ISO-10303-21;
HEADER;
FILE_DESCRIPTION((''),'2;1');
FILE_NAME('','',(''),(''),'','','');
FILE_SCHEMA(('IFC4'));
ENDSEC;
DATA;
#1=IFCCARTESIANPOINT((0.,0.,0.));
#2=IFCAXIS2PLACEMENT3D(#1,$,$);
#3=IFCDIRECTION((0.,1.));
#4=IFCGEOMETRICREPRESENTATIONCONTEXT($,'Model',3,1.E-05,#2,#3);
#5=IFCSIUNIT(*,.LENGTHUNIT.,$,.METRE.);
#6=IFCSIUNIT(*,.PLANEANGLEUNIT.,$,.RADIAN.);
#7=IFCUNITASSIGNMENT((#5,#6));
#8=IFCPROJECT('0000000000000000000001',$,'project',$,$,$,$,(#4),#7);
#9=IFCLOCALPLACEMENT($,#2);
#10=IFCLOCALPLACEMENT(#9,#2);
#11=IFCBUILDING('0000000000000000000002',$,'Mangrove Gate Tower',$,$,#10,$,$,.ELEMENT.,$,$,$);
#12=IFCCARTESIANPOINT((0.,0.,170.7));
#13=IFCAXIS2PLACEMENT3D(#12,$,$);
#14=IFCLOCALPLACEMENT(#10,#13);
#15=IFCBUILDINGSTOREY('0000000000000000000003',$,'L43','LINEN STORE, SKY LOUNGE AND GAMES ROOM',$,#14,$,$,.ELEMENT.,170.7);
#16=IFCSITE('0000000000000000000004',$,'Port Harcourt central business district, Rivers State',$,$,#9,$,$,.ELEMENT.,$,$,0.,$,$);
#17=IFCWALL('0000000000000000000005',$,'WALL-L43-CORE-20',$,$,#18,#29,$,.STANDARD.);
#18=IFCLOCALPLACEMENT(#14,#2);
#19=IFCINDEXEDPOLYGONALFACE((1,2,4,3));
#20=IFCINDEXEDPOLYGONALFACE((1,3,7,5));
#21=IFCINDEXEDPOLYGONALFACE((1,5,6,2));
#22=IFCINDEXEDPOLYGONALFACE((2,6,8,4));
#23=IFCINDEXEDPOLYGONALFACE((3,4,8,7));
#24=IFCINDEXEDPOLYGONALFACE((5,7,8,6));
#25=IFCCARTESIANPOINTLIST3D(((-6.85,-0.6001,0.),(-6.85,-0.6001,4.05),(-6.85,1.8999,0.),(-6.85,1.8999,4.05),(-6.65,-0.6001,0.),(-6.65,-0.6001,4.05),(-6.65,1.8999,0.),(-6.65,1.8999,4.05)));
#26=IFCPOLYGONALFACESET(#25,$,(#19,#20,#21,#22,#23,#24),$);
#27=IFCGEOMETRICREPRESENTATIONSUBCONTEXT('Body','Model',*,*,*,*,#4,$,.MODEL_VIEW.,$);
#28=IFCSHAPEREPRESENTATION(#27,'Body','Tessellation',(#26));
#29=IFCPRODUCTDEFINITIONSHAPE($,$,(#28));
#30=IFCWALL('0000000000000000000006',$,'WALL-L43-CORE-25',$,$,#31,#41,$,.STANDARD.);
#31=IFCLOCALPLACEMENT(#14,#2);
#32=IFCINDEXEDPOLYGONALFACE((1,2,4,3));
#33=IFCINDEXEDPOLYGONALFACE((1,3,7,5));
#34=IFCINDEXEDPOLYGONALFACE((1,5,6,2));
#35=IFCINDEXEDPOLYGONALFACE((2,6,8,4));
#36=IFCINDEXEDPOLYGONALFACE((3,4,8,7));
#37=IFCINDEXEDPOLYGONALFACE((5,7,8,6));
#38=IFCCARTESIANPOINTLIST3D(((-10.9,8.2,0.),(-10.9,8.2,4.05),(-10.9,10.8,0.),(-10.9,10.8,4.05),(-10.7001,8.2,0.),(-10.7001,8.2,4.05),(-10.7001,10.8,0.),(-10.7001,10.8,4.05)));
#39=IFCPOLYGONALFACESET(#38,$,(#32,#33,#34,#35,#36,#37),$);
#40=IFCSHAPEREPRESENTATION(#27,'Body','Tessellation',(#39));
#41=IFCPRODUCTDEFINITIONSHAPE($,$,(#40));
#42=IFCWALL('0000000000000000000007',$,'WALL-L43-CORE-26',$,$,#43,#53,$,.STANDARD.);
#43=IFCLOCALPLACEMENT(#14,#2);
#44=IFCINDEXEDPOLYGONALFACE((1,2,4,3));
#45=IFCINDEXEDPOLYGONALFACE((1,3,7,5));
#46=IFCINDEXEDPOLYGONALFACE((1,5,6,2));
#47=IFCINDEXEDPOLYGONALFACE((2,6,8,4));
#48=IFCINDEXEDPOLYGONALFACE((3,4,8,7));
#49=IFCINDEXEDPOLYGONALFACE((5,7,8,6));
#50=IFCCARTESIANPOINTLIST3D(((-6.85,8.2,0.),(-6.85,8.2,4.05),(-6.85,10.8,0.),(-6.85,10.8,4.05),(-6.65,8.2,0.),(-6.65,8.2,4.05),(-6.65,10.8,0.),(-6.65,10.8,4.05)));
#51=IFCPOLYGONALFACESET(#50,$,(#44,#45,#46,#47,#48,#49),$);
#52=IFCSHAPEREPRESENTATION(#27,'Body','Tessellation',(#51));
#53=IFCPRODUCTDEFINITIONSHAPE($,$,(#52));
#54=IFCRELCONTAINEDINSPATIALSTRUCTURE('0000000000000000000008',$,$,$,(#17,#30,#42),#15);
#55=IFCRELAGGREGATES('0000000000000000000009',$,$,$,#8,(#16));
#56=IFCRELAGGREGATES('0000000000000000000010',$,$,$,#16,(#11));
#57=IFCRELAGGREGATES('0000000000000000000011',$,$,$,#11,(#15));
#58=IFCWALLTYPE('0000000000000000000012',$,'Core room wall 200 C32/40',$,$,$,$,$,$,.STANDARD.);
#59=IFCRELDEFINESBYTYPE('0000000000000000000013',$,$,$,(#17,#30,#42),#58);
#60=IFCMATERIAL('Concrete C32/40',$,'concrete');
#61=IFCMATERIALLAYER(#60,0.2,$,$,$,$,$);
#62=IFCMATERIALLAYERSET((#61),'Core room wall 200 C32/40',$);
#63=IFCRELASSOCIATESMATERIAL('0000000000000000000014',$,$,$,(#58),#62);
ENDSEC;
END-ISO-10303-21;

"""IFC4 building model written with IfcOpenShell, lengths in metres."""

from ifc_helpers import new_model, si_unit, direction, frame, frame_2d, origin, place, context, subcontext, project, spatial, rectangle, extrude, material, layer, layer_set, type_object, element, save


model = new_model("IFC4")

# Units and contexts
model_context = context("Model", 3, precision=1e-05, world=origin(), true_north=direction((0.0, 1.0)))
body_context = subcontext(model_context, "Body", "Model", "MODEL_VIEW")
ifc_project = project(units=[si_unit("LENGTHUNIT", "METRE"), si_unit("PLANEANGLEUNIT", "RADIAN")], contexts=[model_context])

# Site, building, storey
site_placement = place(None, origin())
site = spatial("IfcSite", under=ifc_project, at=site_placement, Name="Port Harcourt central business district, Rivers State", CompositionType="ELEMENT", RefElevation=0.0)
building_placement = place(site_placement, origin())
building = spatial("IfcBuilding", under=site, at=building_placement, Name="Mangrove Gate Tower", CompositionType="ELEMENT")
storey_placement = place(building_placement, frame((0.0, 0.0, 170.7)))
storey = spatial("IfcBuildingStorey", under=building, at=storey_placement, Name="L43", Description="LINEN STORE, SKY LOUNGE AND GAMES ROOM", CompositionType="ELEMENT", Elevation=170.7)

# Walls
ifc_material_1 = material(Name="Concrete C32/40", Category="concrete")
ifc_layer_1 = layer(ifc_material_1, 0.2)
ifc_layer_set_1 = layer_set([ifc_layer_1], Name="Core room wall 200 C32/40")
wall_type_1 = type_object("IfcWallType", Name="Core room wall 200 C32/40", PredefinedType="STANDARD", material=ifc_layer_set_1)
for number, where, z_axis, x_axis, name in (
    (1, (-6.75, -0.6001, 0.0), (0.0, 0.0, 1.0), (0.0, 1.0, 0.0), "WALL-L43-CORE-20"),
):
    element("IfcWall", number, at=place(storey_placement, frame(where, z_axis=z_axis, x_axis=x_axis)), inside=storey, type_object=wall_type_1, Name=name, PredefinedType="STANDARD", context=body_context, shape_type="SweptSolid", body=[
        extrude(rectangle(XDim=2.5, YDim=0.2, at=frame_2d((1.25, 0.0))), origin(), (0.0, 0.0, 1.0), 4.05),
    ])
for number, where, z_axis, x_axis, name in (
    (2, (-10.8, 8.2, 0.0), (0.0, 0.0, 1.0), (0.0, 1.0, 0.0), "WALL-L43-CORE-25"),
    (3, (-6.75, 8.2, 0.0), (0.0, 0.0, 1.0), (0.0, 1.0, 0.0), "WALL-L43-CORE-26"),
):
    element("IfcWall", number, at=place(storey_placement, frame(where, z_axis=z_axis, x_axis=x_axis)), inside=storey, type_object=wall_type_1, Name=name, PredefinedType="STANDARD", context=body_context, shape_type="SweptSolid", body=[
        extrude(rectangle(XDim=2.6001, YDim=0.2, at=frame_2d((1.3, 0.0))), origin(), (0.0, 0.0, 1.0), 4.05),
    ])

save(model, "model.ifc")
